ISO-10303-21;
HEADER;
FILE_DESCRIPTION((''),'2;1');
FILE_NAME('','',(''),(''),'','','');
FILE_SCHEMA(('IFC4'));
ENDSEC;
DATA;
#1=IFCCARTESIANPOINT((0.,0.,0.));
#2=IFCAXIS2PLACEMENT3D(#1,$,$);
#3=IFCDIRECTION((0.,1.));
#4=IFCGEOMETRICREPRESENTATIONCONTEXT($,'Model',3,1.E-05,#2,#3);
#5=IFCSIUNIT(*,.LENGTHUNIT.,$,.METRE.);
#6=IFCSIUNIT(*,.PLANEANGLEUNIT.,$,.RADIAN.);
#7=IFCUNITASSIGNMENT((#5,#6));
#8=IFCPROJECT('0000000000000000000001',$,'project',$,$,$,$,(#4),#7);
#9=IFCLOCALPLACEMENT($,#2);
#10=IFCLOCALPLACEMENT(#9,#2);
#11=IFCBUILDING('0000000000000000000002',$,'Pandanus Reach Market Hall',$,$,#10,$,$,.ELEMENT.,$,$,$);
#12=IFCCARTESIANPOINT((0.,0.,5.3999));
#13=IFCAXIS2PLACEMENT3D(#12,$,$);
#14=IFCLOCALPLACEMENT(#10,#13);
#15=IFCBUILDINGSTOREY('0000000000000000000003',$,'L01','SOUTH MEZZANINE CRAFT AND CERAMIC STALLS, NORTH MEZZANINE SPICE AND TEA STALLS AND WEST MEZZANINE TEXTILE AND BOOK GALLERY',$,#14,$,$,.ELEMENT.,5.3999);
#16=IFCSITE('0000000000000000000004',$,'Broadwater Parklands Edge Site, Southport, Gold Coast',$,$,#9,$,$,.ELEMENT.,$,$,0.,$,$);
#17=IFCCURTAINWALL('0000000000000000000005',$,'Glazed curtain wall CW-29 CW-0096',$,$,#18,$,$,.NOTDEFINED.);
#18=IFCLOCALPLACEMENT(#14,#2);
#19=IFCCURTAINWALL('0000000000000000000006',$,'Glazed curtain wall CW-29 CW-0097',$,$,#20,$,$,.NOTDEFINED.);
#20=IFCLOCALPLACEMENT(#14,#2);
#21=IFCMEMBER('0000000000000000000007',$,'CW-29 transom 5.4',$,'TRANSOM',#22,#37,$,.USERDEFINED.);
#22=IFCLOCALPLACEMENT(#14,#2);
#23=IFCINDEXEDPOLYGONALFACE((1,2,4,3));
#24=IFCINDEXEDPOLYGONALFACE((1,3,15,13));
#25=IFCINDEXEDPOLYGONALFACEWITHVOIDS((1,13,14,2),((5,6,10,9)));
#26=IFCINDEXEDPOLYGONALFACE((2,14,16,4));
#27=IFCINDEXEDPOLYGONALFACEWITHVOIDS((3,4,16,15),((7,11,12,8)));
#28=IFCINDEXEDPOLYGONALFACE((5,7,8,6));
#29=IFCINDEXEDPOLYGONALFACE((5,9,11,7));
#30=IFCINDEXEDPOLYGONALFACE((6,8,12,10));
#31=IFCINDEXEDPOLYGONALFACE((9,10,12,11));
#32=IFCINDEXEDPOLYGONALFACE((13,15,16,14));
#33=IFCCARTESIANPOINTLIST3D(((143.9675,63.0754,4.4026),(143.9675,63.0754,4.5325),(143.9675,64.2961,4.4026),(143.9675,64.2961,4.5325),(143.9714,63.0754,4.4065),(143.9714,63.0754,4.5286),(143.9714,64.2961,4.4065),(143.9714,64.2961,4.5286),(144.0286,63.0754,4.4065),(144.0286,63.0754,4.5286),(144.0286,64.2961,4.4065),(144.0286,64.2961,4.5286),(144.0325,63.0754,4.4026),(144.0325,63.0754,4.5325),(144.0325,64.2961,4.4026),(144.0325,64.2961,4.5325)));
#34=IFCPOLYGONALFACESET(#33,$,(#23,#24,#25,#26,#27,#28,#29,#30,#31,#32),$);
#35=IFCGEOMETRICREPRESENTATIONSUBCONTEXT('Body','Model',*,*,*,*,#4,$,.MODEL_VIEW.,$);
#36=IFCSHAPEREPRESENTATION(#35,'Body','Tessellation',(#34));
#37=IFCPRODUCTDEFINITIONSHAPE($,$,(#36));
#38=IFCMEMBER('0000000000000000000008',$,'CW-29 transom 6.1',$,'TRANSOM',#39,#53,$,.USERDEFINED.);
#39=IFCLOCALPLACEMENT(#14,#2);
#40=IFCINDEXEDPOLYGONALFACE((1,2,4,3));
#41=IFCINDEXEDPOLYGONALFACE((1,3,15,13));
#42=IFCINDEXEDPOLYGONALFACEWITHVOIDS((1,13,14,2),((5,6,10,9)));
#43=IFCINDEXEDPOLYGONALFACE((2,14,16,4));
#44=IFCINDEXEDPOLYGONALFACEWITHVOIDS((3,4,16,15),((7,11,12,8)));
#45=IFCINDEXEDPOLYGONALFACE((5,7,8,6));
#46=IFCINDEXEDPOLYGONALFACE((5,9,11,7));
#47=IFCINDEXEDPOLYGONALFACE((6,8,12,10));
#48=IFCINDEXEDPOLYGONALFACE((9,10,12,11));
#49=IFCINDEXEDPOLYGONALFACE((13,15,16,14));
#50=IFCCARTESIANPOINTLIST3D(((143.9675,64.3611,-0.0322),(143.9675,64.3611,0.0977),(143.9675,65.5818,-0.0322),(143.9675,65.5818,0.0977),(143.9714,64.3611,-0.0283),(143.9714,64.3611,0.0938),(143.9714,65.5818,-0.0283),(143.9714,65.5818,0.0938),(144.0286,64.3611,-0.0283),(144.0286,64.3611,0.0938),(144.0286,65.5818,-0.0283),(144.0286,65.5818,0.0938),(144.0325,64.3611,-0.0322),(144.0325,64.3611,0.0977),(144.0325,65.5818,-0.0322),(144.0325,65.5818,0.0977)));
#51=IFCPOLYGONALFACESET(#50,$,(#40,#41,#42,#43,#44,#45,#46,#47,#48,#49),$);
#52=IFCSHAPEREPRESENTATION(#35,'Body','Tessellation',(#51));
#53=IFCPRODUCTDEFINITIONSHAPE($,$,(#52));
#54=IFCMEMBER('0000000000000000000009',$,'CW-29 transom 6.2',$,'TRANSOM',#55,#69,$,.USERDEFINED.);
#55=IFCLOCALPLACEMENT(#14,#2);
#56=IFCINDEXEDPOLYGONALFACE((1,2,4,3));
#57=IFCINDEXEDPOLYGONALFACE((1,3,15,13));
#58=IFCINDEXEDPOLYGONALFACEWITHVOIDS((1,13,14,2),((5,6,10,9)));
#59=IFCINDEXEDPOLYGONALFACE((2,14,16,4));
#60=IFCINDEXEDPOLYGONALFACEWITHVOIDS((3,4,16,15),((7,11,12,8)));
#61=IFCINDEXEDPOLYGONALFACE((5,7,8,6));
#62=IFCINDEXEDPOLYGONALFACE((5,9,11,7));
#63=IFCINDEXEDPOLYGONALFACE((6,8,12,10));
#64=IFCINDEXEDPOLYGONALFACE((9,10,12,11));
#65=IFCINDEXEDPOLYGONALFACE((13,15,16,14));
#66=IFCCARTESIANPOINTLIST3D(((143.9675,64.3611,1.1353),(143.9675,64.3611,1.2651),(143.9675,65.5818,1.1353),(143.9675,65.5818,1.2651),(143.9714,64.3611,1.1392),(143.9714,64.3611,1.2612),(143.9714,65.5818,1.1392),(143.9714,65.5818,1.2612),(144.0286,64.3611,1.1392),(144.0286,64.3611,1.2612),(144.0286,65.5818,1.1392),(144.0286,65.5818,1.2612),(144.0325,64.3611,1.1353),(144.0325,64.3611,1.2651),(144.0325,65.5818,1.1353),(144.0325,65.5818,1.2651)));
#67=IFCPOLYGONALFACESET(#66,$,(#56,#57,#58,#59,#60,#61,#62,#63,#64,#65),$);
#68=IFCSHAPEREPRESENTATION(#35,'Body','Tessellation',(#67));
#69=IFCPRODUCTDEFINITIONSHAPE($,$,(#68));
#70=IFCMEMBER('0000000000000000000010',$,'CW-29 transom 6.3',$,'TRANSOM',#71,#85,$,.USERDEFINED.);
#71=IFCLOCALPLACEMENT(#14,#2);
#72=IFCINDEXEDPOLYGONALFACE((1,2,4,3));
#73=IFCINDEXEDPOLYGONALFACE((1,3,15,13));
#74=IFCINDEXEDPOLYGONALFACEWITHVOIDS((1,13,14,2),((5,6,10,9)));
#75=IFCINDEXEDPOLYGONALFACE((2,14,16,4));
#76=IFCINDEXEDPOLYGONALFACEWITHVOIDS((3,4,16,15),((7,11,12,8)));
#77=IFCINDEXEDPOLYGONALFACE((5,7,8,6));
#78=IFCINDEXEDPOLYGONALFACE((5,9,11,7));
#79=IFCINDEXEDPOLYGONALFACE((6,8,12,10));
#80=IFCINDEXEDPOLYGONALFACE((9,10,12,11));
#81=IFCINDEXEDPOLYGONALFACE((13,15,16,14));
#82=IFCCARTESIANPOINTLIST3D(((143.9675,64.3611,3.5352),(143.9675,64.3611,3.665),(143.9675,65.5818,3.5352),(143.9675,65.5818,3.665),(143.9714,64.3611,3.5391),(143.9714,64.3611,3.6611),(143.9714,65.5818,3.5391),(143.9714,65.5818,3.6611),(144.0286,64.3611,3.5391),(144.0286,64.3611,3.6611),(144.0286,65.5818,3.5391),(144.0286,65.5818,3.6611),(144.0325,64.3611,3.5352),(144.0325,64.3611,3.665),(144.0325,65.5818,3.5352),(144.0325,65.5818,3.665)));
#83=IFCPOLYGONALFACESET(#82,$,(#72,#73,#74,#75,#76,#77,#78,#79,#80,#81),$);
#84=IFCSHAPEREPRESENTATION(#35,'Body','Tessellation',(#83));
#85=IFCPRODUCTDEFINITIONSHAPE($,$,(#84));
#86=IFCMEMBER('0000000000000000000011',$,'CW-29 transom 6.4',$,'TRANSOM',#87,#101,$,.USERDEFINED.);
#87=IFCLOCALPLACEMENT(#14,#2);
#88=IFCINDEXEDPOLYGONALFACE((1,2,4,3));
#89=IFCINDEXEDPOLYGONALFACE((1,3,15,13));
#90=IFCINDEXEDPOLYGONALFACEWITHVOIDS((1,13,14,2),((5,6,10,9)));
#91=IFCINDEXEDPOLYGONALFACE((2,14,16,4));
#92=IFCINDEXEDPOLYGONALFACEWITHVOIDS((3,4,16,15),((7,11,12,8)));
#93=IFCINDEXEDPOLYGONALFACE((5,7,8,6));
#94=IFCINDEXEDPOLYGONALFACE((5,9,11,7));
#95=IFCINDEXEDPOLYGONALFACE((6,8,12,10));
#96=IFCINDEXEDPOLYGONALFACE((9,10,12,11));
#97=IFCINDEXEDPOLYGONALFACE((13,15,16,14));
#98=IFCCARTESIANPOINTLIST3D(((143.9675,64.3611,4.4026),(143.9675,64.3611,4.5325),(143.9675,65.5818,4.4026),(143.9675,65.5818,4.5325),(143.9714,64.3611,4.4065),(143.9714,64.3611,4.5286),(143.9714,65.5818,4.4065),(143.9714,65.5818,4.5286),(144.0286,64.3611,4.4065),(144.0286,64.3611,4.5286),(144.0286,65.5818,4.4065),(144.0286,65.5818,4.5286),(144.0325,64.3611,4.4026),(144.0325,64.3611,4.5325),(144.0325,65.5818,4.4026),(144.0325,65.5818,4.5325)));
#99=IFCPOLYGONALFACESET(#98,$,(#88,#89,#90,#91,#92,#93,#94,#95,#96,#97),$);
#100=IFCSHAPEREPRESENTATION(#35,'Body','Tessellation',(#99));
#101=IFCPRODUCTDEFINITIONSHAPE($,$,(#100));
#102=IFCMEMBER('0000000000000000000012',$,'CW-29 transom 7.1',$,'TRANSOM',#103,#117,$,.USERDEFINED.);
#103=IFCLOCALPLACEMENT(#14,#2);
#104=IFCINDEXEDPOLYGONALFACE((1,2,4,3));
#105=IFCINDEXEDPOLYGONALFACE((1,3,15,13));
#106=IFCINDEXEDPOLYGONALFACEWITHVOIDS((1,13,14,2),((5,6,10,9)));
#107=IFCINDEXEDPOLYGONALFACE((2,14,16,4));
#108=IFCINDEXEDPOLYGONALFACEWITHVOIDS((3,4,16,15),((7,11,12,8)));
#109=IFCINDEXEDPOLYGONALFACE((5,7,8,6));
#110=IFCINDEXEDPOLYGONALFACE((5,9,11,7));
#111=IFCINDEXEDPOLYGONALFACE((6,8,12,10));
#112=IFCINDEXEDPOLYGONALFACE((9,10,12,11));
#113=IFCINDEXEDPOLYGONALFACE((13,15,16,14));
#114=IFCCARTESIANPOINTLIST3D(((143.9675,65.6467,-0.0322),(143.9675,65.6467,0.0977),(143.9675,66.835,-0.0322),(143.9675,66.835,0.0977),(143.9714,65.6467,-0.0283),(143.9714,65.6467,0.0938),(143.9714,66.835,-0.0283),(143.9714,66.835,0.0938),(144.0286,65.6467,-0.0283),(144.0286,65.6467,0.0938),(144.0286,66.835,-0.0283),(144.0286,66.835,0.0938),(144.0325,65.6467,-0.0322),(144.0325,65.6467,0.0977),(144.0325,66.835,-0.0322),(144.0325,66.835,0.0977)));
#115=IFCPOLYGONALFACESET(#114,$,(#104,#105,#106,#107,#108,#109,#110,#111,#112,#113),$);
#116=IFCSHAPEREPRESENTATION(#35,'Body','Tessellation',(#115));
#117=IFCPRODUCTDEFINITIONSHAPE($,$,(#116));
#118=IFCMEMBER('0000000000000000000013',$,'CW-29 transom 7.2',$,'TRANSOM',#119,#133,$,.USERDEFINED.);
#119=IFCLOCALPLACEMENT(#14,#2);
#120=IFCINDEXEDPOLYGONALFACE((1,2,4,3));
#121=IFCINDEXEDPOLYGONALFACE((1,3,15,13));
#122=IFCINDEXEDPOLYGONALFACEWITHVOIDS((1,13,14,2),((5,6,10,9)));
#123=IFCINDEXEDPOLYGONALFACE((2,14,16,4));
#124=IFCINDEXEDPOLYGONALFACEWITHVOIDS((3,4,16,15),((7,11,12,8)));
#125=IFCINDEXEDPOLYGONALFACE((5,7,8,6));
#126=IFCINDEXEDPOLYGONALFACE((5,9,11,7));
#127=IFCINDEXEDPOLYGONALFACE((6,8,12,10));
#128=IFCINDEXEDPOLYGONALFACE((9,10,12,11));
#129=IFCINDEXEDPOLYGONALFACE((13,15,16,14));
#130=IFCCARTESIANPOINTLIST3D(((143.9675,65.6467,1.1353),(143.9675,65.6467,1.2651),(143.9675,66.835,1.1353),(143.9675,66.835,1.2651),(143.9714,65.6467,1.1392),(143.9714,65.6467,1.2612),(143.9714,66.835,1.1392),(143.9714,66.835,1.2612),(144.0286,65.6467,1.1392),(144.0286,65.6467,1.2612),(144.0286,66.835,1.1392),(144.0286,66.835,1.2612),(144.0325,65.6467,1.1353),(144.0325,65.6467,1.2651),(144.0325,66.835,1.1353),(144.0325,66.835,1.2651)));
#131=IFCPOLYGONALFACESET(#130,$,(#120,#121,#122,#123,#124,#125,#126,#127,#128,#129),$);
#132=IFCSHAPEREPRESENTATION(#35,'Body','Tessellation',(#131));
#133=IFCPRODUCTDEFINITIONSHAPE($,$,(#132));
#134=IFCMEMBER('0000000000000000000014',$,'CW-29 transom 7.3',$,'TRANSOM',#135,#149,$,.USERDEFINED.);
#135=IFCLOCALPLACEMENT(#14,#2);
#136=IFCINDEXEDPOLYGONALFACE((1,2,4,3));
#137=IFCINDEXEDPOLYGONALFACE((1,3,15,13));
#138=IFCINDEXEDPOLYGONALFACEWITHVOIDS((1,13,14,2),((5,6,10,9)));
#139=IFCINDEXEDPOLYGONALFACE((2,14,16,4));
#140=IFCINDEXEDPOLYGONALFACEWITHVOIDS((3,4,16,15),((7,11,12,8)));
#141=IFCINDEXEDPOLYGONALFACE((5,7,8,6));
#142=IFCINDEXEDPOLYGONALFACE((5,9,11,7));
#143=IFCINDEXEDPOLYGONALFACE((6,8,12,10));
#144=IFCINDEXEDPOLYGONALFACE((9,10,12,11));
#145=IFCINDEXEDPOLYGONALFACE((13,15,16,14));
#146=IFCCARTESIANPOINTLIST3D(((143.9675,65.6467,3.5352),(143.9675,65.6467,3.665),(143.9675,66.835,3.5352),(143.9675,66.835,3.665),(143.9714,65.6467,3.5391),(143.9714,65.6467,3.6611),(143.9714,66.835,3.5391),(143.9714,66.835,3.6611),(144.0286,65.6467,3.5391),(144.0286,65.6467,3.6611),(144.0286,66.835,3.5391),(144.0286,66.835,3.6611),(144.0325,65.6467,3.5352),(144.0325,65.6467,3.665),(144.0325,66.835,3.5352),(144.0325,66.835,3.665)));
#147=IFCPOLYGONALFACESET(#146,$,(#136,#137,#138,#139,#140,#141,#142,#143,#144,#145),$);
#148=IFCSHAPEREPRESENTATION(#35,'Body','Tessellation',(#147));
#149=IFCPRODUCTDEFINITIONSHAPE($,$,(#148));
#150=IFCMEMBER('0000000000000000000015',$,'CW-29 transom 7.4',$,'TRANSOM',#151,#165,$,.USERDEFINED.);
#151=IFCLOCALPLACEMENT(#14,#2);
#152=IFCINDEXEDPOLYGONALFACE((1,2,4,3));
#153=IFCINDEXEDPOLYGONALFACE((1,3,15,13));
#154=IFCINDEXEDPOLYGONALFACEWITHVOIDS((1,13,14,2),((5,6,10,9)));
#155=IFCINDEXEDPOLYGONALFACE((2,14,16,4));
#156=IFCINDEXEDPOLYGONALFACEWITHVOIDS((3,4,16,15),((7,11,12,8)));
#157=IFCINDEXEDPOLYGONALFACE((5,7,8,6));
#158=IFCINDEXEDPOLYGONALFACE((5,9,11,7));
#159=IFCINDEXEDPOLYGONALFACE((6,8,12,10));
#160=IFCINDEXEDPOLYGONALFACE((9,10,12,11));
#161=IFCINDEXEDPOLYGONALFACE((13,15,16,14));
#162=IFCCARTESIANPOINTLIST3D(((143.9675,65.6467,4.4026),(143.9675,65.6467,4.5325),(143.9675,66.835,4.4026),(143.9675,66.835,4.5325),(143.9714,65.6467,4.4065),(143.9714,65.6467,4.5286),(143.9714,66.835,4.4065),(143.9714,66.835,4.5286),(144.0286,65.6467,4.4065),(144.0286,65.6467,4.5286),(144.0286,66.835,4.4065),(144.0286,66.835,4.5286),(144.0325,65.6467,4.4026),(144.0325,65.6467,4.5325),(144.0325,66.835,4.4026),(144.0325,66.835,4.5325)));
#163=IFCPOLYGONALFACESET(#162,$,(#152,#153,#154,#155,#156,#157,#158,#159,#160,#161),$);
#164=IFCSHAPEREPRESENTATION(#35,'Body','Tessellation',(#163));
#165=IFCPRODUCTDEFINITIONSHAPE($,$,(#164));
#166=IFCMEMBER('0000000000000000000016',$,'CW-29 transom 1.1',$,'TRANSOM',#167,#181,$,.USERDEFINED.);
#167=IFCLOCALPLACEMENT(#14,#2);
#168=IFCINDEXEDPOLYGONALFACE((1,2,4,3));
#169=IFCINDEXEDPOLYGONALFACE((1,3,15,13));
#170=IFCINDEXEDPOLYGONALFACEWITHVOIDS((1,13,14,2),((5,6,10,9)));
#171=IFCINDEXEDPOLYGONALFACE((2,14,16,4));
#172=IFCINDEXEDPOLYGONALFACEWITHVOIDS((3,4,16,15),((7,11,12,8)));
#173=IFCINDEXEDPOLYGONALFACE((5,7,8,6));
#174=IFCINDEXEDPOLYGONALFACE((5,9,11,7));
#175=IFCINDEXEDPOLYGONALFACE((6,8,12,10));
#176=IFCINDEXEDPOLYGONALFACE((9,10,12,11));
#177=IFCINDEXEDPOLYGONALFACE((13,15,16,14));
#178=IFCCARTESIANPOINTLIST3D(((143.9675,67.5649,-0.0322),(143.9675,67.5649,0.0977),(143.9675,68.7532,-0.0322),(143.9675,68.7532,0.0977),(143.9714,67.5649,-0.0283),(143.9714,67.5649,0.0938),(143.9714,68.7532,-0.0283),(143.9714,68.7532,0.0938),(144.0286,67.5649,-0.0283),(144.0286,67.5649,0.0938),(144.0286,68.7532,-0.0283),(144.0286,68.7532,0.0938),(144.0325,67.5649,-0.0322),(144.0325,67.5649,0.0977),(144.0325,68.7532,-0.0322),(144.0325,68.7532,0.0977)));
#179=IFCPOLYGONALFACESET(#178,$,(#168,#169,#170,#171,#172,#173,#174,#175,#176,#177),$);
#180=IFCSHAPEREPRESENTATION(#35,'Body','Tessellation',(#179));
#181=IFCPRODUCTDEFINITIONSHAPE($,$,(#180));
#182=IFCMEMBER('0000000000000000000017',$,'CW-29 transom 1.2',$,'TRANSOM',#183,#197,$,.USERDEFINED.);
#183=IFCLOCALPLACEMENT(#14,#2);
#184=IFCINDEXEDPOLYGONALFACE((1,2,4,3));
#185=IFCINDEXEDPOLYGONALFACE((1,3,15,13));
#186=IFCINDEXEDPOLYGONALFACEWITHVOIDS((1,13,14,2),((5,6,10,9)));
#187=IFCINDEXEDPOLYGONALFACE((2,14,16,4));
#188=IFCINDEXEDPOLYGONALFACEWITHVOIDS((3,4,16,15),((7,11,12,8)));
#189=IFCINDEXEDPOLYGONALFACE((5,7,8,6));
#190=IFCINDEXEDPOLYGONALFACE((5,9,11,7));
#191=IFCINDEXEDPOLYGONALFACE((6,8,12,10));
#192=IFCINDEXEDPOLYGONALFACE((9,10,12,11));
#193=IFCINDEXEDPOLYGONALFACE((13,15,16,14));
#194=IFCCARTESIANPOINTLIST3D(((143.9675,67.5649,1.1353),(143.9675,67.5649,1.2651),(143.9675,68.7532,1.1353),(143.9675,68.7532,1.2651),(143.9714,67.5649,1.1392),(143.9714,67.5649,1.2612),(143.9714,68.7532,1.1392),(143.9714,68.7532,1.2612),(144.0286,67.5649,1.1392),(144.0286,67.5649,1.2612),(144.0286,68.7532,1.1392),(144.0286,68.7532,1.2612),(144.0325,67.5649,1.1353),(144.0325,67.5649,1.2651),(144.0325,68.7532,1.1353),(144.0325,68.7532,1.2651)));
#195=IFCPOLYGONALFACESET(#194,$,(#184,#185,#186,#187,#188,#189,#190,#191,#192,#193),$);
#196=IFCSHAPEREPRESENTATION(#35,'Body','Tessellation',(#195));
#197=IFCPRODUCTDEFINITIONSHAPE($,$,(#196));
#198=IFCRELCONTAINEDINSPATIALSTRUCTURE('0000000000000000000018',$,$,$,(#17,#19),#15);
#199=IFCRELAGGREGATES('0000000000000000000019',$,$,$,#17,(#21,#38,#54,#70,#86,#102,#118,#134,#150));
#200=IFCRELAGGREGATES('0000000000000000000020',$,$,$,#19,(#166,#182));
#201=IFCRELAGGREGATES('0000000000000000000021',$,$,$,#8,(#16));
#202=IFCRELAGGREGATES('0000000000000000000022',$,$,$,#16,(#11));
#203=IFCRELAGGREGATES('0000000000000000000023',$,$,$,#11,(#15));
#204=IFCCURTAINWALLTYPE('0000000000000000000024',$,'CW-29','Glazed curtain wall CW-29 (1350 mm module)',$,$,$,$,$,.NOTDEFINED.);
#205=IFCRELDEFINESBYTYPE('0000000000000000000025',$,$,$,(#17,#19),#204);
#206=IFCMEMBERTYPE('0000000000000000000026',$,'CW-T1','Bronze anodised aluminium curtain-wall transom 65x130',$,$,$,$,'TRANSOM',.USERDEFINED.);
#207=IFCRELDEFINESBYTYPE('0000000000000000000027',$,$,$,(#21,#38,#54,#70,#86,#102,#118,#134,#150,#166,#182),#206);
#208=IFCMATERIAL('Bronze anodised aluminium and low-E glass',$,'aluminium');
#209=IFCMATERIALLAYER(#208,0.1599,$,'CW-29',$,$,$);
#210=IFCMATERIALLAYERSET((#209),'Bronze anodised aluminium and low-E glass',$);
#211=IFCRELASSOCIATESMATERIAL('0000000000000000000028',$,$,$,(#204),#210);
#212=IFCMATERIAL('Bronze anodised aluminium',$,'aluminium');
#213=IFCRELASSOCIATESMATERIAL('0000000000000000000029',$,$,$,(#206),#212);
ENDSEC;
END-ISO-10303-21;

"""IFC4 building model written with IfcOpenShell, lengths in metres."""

from ifc_helpers import new_model, si_unit, direction, frame, origin, origin_2d, place, context, subcontext, project, spatial, hollow_rectangle, extrude, material, layer, layer_set, material_profile, profile_set, type_object, element, aggregate, save


model = new_model("IFC4")

# Units and contexts
model_context = context("Model", 3, precision=1e-05, world=origin(), true_north=direction((0.0, 1.0)))
body_context = subcontext(model_context, "Body", "Model", "MODEL_VIEW")
ifc_project = project(units=[si_unit("LENGTHUNIT", "METRE"), si_unit("PLANEANGLEUNIT", "RADIAN")], contexts=[model_context])

# Site, building, storey
site_placement = place(None, origin())
site = spatial("IfcSite", under=ifc_project, at=site_placement, Name="Broadwater Parklands Edge Site, Southport, Gold Coast", CompositionType="ELEMENT", RefElevation=0.0)
building_placement = place(site_placement, origin())
building = spatial("IfcBuilding", under=site, at=building_placement, Name="Pandanus Reach Market Hall", CompositionType="ELEMENT")
storey_placement = place(building_placement, frame((0.0, 0.0, 5.3999)))
storey = spatial("IfcBuildingStorey", under=building, at=storey_placement, Name="L01", Description="SOUTH MEZZANINE CRAFT AND CERAMIC STALLS, NORTH MEZZANINE SPICE AND TEA STALLS AND WEST MEZZANINE TEXTILE AND BOOK GALLERY", CompositionType="ELEMENT", Elevation=5.3999)

# Curtain walls
ifc_material_1 = material(Name="Bronze anodised aluminium and low-E glass", Category="aluminium")
ifc_layer_1 = layer(ifc_material_1, 0.1599, Name="CW-29")
ifc_layer_set_1 = layer_set([ifc_layer_1], Name="Bronze anodised aluminium and low-E glass")
curtain_wall_type = type_object("IfcCurtainWallType", Name="CW-29", Description="Glazed curtain wall CW-29 (1350 mm module)", PredefinedType="NOTDEFINED", material=ifc_layer_set_1)
curtain_wall_1_placement = place(storey_placement, origin())
curtain_wall_1 = element("IfcCurtainWall", 1, at=curtain_wall_1_placement, inside=storey, type_object=curtain_wall_type, Name="Glazed curtain wall CW-29 CW-0096", PredefinedType="NOTDEFINED")
ifc_material_2 = material(Name="Bronze anodised aluminium", Category="aluminium")
curtain_wall_2_placement = place(storey_placement, origin())
curtain_wall_2 = element("IfcCurtainWall", 2, at=curtain_wall_2_placement, inside=storey, type_object=curtain_wall_type, Name="Glazed curtain wall CW-29 CW-0097", PredefinedType="NOTDEFINED")

# Members
ifc_material_profile_1 = material_profile(ifc_material_2, hollow_rectangle(XDim=0.0649, YDim=0.1299, WallThickness=0.0039, at=origin_2d()), Name="ALU65x130", Category="LoadBearing")
ifc_profile_set_1 = profile_set([ifc_material_profile_1], Name="Bronze anodised aluminium")
member_type_1 = type_object("IfcMemberType", Name="CW-T1", Description="Bronze anodised aluminium curtain-wall transom 65x130", ElementType="TRANSOM", PredefinedType="USERDEFINED", material=ifc_profile_set_1)
member_1_placement = place(storey_placement, frame((144.0, 63.0754, 4.4675), z_axis=(0.0, 1.0, 0.0), x_axis=(-1.0, 0.0, 0.0)))
member_1 = element("IfcMember", 3, at=member_1_placement, type_object=member_type_1, Name="CW-29 transom 5.4", ObjectType="TRANSOM", PredefinedType="USERDEFINED", context=body_context, shape_type="SweptSolid", body=[
    extrude(hollow_rectangle(XDim=0.0649, YDim=0.1299, WallThickness=0.0039, at=origin_2d()), origin(), (0.0, 0.0, 1.0), 1.2207),
])
member_2_placement = place(storey_placement, frame((144.0, 64.3611, 0.0327), z_axis=(0.0, 1.0, 0.0), x_axis=(-1.0, 0.0, 0.0)))
member_2 = element("IfcMember", 4, at=member_2_placement, type_object=member_type_1, Name="CW-29 transom 6.1", ObjectType="TRANSOM", PredefinedType="USERDEFINED", context=body_context, shape_type="SweptSolid", body=[
    extrude(hollow_rectangle(XDim=0.0649, YDim=0.1299, WallThickness=0.0039, at=origin_2d()), origin(), (0.0, 0.0, 1.0), 1.2207),
])
member_3_placement = place(storey_placement, frame((144.0, 64.3611, 1.2002), z_axis=(0.0, 1.0, 0.0), x_axis=(-1.0, 0.0, 0.0)))
member_3 = element("IfcMember", 5, at=member_3_placement, type_object=member_type_1, Name="CW-29 transom 6.2", ObjectType="TRANSOM", PredefinedType="USERDEFINED", context=body_context, shape_type="SweptSolid", body=[
    extrude(hollow_rectangle(XDim=0.0649, YDim=0.1299, WallThickness=0.0039, at=origin_2d()), origin(), (0.0, 0.0, 1.0), 1.2207),
])
member_4_placement = place(storey_placement, frame((144.0, 64.3611, 3.6001), z_axis=(0.0, 1.0, 0.0), x_axis=(-1.0, 0.0, 0.0)))
member_4 = element("IfcMember", 6, at=member_4_placement, type_object=member_type_1, Name="CW-29 transom 6.3", ObjectType="TRANSOM", PredefinedType="USERDEFINED", context=body_context, shape_type="SweptSolid", body=[
    extrude(hollow_rectangle(XDim=0.0649, YDim=0.1299, WallThickness=0.0039, at=origin_2d()), origin(), (0.0, 0.0, 1.0), 1.2207),
])
member_5_placement = place(storey_placement, frame((144.0, 64.3611, 4.4675), z_axis=(0.0, 1.0, 0.0), x_axis=(-1.0, 0.0, 0.0)))
member_5 = element("IfcMember", 7, at=member_5_placement, type_object=member_type_1, Name="CW-29 transom 6.4", ObjectType="TRANSOM", PredefinedType="USERDEFINED", context=body_context, shape_type="SweptSolid", body=[
    extrude(hollow_rectangle(XDim=0.0649, YDim=0.1299, WallThickness=0.0039, at=origin_2d()), origin(), (0.0, 0.0, 1.0), 1.2207),
])
member_6_placement = place(storey_placement, frame((144.0, 65.6467, 0.0327), z_axis=(0.0, 1.0, 0.0), x_axis=(-1.0, 0.0, 0.0)))
member_6 = element("IfcMember", 8, at=member_6_placement, type_object=member_type_1, Name="CW-29 transom 7.1", ObjectType="TRANSOM", PredefinedType="USERDEFINED", context=body_context, shape_type="SweptSolid", body=[
    extrude(hollow_rectangle(XDim=0.0649, YDim=0.1299, WallThickness=0.0039, at=origin_2d()), origin(), (0.0, 0.0, 1.0), 1.1882),
])
member_7_placement = place(storey_placement, frame((144.0, 65.6467, 1.2002), z_axis=(0.0, 1.0, 0.0), x_axis=(-1.0, 0.0, 0.0)))
member_7 = element("IfcMember", 9, at=member_7_placement, type_object=member_type_1, Name="CW-29 transom 7.2", ObjectType="TRANSOM", PredefinedType="USERDEFINED", context=body_context, shape_type="SweptSolid", body=[
    extrude(hollow_rectangle(XDim=0.0649, YDim=0.1299, WallThickness=0.0039, at=origin_2d()), origin(), (0.0, 0.0, 1.0), 1.1882),
])
member_8_placement = place(storey_placement, frame((144.0, 65.6467, 3.6001), z_axis=(0.0, 1.0, 0.0), x_axis=(-1.0, 0.0, 0.0)))
member_8 = element("IfcMember", 10, at=member_8_placement, type_object=member_type_1, Name="CW-29 transom 7.3", ObjectType="TRANSOM", PredefinedType="USERDEFINED", context=body_context, shape_type="SweptSolid", body=[
    extrude(hollow_rectangle(XDim=0.0649, YDim=0.1299, WallThickness=0.0039, at=origin_2d()), origin(), (0.0, 0.0, 1.0), 1.1882),
])
member_9_placement = place(storey_placement, frame((144.0, 65.6467, 4.4675), z_axis=(0.0, 1.0, 0.0), x_axis=(-1.0, 0.0, 0.0)))
member_9 = element("IfcMember", 11, at=member_9_placement, type_object=member_type_1, Name="CW-29 transom 7.4", ObjectType="TRANSOM", PredefinedType="USERDEFINED", context=body_context, shape_type="SweptSolid", body=[
    extrude(hollow_rectangle(XDim=0.0649, YDim=0.1299, WallThickness=0.0039, at=origin_2d()), origin(), (0.0, 0.0, 1.0), 1.1882),
])
member_10_placement = place(storey_placement, frame((144.0, 67.5649, 0.0327), z_axis=(0.0, 1.0, 0.0), x_axis=(-1.0, 0.0, 0.0)))
member_10 = element("IfcMember", 12, at=member_10_placement, type_object=member_type_1, Name="CW-29 transom 1.1", ObjectType="TRANSOM", PredefinedType="USERDEFINED", context=body_context, shape_type="SweptSolid", body=[
    extrude(hollow_rectangle(XDim=0.0649, YDim=0.1299, WallThickness=0.0039, at=origin_2d()), origin(), (0.0, 0.0, 1.0), 1.1882),
])
member_11_placement = place(storey_placement, frame((144.0, 67.5649, 1.2002), z_axis=(0.0, 1.0, 0.0), x_axis=(-1.0, 0.0, 0.0)))
member_11 = element("IfcMember", 13, at=member_11_placement, type_object=member_type_1, Name="CW-29 transom 1.2", ObjectType="TRANSOM", PredefinedType="USERDEFINED", context=body_context, shape_type="SweptSolid", body=[
    extrude(hollow_rectangle(XDim=0.0649, YDim=0.1299, WallThickness=0.0039, at=origin_2d()), origin(), (0.0, 0.0, 1.0), 1.1882),
])

aggregate(curtain_wall_1, [member_1, member_2, member_3, member_4, member_5, member_6, member_7, member_8, member_9])
aggregate(curtain_wall_2, [member_10, member_11])

save(model, "model.ifc")
